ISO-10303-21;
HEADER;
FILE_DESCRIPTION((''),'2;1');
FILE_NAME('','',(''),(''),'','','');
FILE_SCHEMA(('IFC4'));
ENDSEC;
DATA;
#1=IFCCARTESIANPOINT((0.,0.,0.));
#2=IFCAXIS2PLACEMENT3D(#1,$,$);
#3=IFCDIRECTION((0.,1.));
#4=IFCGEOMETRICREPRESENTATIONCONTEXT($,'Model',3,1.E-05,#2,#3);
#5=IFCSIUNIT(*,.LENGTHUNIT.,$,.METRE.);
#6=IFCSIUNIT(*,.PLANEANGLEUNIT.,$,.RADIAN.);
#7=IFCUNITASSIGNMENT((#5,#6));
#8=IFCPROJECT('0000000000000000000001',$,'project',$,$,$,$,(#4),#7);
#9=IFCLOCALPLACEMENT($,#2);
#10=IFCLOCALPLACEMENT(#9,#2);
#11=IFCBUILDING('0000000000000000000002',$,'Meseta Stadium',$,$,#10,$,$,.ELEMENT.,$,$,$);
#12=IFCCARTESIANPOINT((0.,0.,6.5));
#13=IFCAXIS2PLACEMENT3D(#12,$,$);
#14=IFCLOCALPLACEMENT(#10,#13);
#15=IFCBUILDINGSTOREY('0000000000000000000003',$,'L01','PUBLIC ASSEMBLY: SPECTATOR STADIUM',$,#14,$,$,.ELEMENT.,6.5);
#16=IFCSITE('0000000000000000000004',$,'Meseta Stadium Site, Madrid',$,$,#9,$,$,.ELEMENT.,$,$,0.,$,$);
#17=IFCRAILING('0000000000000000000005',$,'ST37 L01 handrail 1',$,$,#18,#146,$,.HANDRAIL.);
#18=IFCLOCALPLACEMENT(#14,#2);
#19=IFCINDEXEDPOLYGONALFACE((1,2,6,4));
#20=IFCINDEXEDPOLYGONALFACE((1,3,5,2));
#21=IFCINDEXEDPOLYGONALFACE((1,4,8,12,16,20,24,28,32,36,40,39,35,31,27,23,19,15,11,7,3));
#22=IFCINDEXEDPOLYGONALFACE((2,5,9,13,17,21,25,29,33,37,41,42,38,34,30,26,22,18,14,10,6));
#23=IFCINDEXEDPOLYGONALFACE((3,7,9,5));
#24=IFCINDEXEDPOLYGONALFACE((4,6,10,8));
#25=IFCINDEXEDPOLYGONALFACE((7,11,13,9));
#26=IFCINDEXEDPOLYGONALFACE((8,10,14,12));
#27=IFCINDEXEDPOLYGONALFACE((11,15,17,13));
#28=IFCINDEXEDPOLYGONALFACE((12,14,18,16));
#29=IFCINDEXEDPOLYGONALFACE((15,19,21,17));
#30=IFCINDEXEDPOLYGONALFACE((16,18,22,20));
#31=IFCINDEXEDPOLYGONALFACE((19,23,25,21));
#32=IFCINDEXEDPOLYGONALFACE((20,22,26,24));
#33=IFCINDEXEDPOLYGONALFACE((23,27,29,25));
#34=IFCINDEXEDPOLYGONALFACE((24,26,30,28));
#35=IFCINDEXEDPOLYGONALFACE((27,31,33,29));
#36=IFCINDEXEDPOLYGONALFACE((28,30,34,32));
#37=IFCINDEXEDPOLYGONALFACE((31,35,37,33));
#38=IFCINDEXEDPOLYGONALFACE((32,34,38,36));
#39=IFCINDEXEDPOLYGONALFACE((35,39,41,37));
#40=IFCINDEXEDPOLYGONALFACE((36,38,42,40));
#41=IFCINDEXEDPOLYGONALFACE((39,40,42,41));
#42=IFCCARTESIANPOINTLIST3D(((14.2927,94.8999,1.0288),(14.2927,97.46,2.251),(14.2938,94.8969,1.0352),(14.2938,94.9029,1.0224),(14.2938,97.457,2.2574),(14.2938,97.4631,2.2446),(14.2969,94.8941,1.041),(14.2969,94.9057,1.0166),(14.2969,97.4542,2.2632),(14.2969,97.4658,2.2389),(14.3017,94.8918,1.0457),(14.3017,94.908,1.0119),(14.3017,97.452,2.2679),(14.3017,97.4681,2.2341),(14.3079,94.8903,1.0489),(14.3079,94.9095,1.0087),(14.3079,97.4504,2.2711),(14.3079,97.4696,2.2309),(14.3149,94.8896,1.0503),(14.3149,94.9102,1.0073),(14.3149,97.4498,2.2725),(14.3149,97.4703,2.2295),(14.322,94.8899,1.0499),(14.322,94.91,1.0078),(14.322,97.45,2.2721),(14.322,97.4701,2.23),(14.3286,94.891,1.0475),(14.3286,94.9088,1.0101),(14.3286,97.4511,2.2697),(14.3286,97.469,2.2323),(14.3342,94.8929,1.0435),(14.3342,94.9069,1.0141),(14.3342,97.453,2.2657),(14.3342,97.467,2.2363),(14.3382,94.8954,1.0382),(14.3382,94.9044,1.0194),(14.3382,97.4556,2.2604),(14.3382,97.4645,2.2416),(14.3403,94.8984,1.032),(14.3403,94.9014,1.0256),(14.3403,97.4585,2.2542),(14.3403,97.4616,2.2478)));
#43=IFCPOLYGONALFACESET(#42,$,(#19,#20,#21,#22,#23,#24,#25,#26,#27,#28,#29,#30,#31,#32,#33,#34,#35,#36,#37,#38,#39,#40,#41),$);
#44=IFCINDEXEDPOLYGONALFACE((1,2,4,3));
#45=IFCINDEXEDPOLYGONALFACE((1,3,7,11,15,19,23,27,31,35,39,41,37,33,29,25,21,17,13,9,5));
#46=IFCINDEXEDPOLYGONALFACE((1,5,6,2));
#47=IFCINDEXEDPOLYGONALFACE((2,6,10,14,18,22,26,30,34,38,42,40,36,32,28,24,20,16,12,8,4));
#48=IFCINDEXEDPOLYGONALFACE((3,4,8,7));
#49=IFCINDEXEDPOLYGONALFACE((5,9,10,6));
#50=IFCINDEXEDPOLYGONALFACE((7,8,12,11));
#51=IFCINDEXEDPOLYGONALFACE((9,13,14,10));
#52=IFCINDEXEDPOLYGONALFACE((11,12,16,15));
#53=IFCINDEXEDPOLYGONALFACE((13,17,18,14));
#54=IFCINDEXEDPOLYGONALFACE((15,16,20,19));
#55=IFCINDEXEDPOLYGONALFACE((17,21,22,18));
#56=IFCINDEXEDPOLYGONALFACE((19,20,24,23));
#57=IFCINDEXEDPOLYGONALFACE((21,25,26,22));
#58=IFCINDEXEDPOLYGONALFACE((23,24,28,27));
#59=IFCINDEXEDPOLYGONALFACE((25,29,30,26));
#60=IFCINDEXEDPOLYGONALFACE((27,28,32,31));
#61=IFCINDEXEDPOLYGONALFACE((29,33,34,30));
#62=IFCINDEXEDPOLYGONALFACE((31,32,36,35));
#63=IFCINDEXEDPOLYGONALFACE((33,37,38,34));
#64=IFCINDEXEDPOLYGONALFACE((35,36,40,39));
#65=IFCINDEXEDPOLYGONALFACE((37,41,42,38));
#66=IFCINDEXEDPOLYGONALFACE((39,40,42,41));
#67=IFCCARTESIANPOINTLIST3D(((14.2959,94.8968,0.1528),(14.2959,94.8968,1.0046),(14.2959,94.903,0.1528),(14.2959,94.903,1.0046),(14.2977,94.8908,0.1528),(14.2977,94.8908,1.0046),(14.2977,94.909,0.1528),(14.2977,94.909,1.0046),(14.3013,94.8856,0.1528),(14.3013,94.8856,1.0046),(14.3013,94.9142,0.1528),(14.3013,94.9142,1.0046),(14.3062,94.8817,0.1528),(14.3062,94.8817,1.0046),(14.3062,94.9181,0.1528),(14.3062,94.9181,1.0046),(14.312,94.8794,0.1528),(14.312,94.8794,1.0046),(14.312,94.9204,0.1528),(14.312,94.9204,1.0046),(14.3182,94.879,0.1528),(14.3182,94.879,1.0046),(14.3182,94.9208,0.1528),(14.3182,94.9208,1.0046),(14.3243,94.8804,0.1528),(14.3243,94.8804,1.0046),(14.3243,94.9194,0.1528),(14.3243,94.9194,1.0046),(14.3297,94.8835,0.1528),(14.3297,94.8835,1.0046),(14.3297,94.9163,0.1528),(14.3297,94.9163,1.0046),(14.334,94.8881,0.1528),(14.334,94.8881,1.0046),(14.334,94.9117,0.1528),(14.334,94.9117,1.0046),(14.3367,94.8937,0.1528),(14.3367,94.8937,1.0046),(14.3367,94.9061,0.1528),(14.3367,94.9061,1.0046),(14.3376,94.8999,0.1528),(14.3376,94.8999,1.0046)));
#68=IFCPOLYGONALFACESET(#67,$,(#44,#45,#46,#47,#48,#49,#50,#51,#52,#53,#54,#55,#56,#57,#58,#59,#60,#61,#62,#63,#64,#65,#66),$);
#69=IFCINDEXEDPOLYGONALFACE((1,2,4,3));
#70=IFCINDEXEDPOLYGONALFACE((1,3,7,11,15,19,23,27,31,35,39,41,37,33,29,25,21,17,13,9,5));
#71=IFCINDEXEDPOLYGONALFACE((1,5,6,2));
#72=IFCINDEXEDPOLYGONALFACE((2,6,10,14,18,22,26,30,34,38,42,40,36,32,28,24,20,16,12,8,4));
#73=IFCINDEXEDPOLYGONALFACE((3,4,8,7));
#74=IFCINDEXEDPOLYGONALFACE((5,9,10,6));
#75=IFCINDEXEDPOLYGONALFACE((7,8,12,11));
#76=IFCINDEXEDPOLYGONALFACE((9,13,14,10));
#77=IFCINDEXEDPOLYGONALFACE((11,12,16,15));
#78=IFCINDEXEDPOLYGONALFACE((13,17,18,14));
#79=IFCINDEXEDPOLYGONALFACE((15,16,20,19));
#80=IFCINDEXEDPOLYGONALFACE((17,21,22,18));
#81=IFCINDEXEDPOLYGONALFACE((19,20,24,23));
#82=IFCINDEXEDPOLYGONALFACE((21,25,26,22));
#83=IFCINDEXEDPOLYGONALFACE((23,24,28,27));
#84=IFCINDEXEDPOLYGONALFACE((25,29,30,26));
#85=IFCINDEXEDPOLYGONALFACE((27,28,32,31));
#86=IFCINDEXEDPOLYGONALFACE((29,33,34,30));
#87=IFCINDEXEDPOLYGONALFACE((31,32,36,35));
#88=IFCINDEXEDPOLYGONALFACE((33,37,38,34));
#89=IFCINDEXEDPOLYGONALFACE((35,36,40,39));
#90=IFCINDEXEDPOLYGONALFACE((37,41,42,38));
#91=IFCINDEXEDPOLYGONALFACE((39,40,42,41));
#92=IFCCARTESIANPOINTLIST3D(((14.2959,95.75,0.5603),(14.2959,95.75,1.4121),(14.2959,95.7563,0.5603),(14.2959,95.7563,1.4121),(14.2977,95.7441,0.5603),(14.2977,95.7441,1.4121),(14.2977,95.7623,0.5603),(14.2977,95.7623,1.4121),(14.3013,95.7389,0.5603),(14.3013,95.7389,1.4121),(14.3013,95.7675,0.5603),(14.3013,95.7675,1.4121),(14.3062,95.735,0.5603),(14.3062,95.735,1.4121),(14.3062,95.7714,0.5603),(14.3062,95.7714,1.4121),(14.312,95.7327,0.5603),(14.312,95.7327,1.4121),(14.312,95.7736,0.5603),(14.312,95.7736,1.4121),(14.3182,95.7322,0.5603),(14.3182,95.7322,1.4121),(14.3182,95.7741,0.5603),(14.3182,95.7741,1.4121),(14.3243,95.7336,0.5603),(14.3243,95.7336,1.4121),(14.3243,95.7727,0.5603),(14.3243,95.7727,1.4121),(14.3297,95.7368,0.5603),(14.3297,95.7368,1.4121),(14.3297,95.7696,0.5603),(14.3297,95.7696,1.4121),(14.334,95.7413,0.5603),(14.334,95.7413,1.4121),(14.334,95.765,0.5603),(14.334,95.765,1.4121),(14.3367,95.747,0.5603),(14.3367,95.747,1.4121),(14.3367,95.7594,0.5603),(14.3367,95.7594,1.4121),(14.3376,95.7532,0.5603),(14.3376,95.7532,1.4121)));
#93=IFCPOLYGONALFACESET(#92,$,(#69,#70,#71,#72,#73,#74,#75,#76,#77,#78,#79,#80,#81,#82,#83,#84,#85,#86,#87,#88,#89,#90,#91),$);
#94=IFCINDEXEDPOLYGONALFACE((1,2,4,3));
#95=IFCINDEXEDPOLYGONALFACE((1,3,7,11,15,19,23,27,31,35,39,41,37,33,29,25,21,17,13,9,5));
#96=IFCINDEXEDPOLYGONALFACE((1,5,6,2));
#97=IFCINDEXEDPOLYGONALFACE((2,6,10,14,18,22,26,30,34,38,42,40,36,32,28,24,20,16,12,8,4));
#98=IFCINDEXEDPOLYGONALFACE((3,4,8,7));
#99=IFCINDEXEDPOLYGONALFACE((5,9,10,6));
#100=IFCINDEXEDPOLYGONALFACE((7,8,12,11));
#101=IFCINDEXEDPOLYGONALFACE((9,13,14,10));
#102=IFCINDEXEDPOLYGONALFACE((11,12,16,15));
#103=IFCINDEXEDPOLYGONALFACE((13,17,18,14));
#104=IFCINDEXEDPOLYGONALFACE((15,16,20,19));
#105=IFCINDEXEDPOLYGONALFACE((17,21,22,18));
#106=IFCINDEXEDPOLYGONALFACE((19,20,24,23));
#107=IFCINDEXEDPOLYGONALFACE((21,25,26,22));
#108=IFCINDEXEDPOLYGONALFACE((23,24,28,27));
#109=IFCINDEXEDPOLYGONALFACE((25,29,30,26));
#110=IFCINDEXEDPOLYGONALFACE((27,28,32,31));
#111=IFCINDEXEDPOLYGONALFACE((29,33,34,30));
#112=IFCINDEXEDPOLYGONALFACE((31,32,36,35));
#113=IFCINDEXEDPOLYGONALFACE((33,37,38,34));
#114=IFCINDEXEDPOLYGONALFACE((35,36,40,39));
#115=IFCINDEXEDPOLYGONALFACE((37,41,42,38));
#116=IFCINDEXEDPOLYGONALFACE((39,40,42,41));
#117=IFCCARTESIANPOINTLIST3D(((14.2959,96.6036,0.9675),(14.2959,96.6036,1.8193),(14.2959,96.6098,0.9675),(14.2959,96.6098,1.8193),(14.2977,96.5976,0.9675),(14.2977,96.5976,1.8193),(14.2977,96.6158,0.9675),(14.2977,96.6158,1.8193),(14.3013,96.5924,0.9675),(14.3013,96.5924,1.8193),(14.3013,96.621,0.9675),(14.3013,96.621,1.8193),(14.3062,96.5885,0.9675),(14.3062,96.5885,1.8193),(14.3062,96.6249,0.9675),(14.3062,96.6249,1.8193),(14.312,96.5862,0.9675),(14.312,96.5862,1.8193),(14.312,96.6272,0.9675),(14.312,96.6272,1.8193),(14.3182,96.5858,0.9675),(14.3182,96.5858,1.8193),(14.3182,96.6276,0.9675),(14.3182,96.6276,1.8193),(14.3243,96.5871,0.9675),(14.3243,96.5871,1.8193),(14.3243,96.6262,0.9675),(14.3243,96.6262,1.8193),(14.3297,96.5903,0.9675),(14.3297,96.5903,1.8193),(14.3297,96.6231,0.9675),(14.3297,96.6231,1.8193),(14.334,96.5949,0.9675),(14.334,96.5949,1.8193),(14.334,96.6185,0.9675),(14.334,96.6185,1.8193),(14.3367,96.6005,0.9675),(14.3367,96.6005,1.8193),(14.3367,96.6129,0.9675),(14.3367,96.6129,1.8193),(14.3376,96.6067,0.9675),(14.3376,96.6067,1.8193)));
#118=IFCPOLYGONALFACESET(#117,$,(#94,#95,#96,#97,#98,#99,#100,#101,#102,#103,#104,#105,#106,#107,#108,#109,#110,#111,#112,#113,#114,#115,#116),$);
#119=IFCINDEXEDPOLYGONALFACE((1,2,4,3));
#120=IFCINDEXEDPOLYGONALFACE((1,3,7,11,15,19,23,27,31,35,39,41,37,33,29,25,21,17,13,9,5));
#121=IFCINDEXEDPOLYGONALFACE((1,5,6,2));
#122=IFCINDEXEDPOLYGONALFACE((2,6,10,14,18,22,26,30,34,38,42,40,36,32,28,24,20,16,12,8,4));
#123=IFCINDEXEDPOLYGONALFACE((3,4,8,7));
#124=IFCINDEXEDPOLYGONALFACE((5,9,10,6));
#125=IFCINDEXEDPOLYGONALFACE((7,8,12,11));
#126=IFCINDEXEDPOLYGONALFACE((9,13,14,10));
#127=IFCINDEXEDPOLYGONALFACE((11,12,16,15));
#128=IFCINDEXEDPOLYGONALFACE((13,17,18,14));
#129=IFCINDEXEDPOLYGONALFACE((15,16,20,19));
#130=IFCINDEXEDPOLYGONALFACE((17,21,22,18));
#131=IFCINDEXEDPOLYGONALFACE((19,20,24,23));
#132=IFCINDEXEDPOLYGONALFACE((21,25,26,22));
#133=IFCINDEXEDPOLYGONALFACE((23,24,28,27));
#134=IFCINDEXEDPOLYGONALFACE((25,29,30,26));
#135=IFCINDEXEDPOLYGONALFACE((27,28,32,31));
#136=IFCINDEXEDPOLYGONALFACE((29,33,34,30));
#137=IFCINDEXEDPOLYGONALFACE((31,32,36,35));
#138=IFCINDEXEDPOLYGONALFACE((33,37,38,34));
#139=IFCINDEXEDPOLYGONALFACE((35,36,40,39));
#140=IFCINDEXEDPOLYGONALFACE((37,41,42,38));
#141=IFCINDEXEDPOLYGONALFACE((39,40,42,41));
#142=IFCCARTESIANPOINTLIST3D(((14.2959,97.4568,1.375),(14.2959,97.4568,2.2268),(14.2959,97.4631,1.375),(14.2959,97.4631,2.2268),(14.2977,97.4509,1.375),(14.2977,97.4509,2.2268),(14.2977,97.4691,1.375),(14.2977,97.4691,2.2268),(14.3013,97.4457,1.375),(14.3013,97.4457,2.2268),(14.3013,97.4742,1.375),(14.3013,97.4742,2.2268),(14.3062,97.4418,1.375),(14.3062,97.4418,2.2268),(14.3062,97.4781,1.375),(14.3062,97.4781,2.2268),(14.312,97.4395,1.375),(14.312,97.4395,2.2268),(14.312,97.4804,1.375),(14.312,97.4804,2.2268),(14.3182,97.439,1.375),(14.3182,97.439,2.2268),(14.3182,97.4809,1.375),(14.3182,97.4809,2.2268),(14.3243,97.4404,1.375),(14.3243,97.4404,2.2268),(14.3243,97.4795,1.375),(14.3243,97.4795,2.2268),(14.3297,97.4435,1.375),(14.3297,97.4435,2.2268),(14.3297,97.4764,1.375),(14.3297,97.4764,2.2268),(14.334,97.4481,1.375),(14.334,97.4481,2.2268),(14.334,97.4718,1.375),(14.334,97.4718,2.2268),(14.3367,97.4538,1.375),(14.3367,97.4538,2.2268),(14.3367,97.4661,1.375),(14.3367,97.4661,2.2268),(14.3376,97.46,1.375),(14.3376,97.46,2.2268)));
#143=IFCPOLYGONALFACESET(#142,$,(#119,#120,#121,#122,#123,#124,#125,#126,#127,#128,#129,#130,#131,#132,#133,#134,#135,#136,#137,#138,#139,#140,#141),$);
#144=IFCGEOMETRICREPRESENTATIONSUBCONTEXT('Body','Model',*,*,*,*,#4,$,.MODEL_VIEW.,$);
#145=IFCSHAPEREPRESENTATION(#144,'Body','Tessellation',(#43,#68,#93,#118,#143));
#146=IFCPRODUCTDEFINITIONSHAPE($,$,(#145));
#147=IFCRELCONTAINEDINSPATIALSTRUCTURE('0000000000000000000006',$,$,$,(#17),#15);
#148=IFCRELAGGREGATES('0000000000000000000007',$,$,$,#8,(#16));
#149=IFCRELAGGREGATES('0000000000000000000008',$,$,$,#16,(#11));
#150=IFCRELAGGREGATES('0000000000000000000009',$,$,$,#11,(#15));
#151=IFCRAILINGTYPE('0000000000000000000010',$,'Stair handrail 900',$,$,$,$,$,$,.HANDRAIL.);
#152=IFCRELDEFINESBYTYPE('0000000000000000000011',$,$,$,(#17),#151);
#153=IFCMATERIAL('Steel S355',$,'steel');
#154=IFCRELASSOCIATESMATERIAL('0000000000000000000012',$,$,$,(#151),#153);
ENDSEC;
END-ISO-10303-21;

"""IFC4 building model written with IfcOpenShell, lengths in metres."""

from ifc_helpers import new_model, si_unit, direction, frame, origin, origin_2d, place, context, subcontext, project, spatial, circle, extrude, material, type_object, element, save


model = new_model("IFC4")

# Units and contexts
model_context = context("Model", 3, precision=1e-05, world=origin(), true_north=direction((0.0, 1.0)))
body_context = subcontext(model_context, "Body", "Model", "MODEL_VIEW")
ifc_project = project(units=[si_unit("LENGTHUNIT", "METRE"), si_unit("PLANEANGLEUNIT", "RADIAN")], contexts=[model_context])

# Site, building, storey
site_placement = place(None, origin())
site = spatial("IfcSite", under=ifc_project, at=site_placement, Name="Meseta Stadium Site, Madrid", CompositionType="ELEMENT", RefElevation=0.0)
building_placement = place(site_placement, origin())
building = spatial("IfcBuilding", under=site, at=building_placement, Name="Meseta Stadium", CompositionType="ELEMENT")
storey_placement = place(building_placement, frame((0.0, 0.0, 6.5)))
storey = spatial("IfcBuildingStorey", under=building, at=storey_placement, Name="L01", Description="PUBLIC ASSEMBLY: SPECTATOR STADIUM", CompositionType="ELEMENT", Elevation=6.5)

# Railing
ifc_material_1 = material(Name="Steel S355", Category="steel")
railing_type_1 = type_object("IfcRailingType", Name="Stair handrail 900", PredefinedType="HANDRAIL", material=ifc_material_1)
railing_1_placement = place(storey_placement, frame((14.3167, 94.8999, 0.1528)))
element("IfcRailing", 1, at=railing_1_placement, inside=storey, type_object=railing_type_1, Name="ST37 L01 handrail 1", PredefinedType="HANDRAIL", context=body_context, shape_type="SweptSolid", body=[
    extrude(circle(Radius=0.0239, at=origin_2d()), frame((0.0, 0.0, 0.876), z_axis=(0.0, 0.902437, 0.430822), x_axis=(-1.0, 0.0, 0.0)), (0.0, 0.0, 1.0), 2.8369),
    extrude(circle(Radius=0.021, at=origin_2d()), origin(), (0.0, 0.0, 1.0), 0.8518),
    extrude(circle(Radius=0.021, at=origin_2d()), frame((0.0, 0.8533, 0.4075)), (0.0, 0.0, 1.0), 0.8518),
    extrude(circle(Radius=0.021, at=origin_2d()), frame((0.0, 1.7068, 0.8147)), (0.0, 0.0, 1.0), 0.8518),
    extrude(circle(Radius=0.021, at=origin_2d()), frame((0.0, 2.5601, 1.2222)), (0.0, 0.0, 1.0), 0.8518),
])

save(model, "model.ifc")
